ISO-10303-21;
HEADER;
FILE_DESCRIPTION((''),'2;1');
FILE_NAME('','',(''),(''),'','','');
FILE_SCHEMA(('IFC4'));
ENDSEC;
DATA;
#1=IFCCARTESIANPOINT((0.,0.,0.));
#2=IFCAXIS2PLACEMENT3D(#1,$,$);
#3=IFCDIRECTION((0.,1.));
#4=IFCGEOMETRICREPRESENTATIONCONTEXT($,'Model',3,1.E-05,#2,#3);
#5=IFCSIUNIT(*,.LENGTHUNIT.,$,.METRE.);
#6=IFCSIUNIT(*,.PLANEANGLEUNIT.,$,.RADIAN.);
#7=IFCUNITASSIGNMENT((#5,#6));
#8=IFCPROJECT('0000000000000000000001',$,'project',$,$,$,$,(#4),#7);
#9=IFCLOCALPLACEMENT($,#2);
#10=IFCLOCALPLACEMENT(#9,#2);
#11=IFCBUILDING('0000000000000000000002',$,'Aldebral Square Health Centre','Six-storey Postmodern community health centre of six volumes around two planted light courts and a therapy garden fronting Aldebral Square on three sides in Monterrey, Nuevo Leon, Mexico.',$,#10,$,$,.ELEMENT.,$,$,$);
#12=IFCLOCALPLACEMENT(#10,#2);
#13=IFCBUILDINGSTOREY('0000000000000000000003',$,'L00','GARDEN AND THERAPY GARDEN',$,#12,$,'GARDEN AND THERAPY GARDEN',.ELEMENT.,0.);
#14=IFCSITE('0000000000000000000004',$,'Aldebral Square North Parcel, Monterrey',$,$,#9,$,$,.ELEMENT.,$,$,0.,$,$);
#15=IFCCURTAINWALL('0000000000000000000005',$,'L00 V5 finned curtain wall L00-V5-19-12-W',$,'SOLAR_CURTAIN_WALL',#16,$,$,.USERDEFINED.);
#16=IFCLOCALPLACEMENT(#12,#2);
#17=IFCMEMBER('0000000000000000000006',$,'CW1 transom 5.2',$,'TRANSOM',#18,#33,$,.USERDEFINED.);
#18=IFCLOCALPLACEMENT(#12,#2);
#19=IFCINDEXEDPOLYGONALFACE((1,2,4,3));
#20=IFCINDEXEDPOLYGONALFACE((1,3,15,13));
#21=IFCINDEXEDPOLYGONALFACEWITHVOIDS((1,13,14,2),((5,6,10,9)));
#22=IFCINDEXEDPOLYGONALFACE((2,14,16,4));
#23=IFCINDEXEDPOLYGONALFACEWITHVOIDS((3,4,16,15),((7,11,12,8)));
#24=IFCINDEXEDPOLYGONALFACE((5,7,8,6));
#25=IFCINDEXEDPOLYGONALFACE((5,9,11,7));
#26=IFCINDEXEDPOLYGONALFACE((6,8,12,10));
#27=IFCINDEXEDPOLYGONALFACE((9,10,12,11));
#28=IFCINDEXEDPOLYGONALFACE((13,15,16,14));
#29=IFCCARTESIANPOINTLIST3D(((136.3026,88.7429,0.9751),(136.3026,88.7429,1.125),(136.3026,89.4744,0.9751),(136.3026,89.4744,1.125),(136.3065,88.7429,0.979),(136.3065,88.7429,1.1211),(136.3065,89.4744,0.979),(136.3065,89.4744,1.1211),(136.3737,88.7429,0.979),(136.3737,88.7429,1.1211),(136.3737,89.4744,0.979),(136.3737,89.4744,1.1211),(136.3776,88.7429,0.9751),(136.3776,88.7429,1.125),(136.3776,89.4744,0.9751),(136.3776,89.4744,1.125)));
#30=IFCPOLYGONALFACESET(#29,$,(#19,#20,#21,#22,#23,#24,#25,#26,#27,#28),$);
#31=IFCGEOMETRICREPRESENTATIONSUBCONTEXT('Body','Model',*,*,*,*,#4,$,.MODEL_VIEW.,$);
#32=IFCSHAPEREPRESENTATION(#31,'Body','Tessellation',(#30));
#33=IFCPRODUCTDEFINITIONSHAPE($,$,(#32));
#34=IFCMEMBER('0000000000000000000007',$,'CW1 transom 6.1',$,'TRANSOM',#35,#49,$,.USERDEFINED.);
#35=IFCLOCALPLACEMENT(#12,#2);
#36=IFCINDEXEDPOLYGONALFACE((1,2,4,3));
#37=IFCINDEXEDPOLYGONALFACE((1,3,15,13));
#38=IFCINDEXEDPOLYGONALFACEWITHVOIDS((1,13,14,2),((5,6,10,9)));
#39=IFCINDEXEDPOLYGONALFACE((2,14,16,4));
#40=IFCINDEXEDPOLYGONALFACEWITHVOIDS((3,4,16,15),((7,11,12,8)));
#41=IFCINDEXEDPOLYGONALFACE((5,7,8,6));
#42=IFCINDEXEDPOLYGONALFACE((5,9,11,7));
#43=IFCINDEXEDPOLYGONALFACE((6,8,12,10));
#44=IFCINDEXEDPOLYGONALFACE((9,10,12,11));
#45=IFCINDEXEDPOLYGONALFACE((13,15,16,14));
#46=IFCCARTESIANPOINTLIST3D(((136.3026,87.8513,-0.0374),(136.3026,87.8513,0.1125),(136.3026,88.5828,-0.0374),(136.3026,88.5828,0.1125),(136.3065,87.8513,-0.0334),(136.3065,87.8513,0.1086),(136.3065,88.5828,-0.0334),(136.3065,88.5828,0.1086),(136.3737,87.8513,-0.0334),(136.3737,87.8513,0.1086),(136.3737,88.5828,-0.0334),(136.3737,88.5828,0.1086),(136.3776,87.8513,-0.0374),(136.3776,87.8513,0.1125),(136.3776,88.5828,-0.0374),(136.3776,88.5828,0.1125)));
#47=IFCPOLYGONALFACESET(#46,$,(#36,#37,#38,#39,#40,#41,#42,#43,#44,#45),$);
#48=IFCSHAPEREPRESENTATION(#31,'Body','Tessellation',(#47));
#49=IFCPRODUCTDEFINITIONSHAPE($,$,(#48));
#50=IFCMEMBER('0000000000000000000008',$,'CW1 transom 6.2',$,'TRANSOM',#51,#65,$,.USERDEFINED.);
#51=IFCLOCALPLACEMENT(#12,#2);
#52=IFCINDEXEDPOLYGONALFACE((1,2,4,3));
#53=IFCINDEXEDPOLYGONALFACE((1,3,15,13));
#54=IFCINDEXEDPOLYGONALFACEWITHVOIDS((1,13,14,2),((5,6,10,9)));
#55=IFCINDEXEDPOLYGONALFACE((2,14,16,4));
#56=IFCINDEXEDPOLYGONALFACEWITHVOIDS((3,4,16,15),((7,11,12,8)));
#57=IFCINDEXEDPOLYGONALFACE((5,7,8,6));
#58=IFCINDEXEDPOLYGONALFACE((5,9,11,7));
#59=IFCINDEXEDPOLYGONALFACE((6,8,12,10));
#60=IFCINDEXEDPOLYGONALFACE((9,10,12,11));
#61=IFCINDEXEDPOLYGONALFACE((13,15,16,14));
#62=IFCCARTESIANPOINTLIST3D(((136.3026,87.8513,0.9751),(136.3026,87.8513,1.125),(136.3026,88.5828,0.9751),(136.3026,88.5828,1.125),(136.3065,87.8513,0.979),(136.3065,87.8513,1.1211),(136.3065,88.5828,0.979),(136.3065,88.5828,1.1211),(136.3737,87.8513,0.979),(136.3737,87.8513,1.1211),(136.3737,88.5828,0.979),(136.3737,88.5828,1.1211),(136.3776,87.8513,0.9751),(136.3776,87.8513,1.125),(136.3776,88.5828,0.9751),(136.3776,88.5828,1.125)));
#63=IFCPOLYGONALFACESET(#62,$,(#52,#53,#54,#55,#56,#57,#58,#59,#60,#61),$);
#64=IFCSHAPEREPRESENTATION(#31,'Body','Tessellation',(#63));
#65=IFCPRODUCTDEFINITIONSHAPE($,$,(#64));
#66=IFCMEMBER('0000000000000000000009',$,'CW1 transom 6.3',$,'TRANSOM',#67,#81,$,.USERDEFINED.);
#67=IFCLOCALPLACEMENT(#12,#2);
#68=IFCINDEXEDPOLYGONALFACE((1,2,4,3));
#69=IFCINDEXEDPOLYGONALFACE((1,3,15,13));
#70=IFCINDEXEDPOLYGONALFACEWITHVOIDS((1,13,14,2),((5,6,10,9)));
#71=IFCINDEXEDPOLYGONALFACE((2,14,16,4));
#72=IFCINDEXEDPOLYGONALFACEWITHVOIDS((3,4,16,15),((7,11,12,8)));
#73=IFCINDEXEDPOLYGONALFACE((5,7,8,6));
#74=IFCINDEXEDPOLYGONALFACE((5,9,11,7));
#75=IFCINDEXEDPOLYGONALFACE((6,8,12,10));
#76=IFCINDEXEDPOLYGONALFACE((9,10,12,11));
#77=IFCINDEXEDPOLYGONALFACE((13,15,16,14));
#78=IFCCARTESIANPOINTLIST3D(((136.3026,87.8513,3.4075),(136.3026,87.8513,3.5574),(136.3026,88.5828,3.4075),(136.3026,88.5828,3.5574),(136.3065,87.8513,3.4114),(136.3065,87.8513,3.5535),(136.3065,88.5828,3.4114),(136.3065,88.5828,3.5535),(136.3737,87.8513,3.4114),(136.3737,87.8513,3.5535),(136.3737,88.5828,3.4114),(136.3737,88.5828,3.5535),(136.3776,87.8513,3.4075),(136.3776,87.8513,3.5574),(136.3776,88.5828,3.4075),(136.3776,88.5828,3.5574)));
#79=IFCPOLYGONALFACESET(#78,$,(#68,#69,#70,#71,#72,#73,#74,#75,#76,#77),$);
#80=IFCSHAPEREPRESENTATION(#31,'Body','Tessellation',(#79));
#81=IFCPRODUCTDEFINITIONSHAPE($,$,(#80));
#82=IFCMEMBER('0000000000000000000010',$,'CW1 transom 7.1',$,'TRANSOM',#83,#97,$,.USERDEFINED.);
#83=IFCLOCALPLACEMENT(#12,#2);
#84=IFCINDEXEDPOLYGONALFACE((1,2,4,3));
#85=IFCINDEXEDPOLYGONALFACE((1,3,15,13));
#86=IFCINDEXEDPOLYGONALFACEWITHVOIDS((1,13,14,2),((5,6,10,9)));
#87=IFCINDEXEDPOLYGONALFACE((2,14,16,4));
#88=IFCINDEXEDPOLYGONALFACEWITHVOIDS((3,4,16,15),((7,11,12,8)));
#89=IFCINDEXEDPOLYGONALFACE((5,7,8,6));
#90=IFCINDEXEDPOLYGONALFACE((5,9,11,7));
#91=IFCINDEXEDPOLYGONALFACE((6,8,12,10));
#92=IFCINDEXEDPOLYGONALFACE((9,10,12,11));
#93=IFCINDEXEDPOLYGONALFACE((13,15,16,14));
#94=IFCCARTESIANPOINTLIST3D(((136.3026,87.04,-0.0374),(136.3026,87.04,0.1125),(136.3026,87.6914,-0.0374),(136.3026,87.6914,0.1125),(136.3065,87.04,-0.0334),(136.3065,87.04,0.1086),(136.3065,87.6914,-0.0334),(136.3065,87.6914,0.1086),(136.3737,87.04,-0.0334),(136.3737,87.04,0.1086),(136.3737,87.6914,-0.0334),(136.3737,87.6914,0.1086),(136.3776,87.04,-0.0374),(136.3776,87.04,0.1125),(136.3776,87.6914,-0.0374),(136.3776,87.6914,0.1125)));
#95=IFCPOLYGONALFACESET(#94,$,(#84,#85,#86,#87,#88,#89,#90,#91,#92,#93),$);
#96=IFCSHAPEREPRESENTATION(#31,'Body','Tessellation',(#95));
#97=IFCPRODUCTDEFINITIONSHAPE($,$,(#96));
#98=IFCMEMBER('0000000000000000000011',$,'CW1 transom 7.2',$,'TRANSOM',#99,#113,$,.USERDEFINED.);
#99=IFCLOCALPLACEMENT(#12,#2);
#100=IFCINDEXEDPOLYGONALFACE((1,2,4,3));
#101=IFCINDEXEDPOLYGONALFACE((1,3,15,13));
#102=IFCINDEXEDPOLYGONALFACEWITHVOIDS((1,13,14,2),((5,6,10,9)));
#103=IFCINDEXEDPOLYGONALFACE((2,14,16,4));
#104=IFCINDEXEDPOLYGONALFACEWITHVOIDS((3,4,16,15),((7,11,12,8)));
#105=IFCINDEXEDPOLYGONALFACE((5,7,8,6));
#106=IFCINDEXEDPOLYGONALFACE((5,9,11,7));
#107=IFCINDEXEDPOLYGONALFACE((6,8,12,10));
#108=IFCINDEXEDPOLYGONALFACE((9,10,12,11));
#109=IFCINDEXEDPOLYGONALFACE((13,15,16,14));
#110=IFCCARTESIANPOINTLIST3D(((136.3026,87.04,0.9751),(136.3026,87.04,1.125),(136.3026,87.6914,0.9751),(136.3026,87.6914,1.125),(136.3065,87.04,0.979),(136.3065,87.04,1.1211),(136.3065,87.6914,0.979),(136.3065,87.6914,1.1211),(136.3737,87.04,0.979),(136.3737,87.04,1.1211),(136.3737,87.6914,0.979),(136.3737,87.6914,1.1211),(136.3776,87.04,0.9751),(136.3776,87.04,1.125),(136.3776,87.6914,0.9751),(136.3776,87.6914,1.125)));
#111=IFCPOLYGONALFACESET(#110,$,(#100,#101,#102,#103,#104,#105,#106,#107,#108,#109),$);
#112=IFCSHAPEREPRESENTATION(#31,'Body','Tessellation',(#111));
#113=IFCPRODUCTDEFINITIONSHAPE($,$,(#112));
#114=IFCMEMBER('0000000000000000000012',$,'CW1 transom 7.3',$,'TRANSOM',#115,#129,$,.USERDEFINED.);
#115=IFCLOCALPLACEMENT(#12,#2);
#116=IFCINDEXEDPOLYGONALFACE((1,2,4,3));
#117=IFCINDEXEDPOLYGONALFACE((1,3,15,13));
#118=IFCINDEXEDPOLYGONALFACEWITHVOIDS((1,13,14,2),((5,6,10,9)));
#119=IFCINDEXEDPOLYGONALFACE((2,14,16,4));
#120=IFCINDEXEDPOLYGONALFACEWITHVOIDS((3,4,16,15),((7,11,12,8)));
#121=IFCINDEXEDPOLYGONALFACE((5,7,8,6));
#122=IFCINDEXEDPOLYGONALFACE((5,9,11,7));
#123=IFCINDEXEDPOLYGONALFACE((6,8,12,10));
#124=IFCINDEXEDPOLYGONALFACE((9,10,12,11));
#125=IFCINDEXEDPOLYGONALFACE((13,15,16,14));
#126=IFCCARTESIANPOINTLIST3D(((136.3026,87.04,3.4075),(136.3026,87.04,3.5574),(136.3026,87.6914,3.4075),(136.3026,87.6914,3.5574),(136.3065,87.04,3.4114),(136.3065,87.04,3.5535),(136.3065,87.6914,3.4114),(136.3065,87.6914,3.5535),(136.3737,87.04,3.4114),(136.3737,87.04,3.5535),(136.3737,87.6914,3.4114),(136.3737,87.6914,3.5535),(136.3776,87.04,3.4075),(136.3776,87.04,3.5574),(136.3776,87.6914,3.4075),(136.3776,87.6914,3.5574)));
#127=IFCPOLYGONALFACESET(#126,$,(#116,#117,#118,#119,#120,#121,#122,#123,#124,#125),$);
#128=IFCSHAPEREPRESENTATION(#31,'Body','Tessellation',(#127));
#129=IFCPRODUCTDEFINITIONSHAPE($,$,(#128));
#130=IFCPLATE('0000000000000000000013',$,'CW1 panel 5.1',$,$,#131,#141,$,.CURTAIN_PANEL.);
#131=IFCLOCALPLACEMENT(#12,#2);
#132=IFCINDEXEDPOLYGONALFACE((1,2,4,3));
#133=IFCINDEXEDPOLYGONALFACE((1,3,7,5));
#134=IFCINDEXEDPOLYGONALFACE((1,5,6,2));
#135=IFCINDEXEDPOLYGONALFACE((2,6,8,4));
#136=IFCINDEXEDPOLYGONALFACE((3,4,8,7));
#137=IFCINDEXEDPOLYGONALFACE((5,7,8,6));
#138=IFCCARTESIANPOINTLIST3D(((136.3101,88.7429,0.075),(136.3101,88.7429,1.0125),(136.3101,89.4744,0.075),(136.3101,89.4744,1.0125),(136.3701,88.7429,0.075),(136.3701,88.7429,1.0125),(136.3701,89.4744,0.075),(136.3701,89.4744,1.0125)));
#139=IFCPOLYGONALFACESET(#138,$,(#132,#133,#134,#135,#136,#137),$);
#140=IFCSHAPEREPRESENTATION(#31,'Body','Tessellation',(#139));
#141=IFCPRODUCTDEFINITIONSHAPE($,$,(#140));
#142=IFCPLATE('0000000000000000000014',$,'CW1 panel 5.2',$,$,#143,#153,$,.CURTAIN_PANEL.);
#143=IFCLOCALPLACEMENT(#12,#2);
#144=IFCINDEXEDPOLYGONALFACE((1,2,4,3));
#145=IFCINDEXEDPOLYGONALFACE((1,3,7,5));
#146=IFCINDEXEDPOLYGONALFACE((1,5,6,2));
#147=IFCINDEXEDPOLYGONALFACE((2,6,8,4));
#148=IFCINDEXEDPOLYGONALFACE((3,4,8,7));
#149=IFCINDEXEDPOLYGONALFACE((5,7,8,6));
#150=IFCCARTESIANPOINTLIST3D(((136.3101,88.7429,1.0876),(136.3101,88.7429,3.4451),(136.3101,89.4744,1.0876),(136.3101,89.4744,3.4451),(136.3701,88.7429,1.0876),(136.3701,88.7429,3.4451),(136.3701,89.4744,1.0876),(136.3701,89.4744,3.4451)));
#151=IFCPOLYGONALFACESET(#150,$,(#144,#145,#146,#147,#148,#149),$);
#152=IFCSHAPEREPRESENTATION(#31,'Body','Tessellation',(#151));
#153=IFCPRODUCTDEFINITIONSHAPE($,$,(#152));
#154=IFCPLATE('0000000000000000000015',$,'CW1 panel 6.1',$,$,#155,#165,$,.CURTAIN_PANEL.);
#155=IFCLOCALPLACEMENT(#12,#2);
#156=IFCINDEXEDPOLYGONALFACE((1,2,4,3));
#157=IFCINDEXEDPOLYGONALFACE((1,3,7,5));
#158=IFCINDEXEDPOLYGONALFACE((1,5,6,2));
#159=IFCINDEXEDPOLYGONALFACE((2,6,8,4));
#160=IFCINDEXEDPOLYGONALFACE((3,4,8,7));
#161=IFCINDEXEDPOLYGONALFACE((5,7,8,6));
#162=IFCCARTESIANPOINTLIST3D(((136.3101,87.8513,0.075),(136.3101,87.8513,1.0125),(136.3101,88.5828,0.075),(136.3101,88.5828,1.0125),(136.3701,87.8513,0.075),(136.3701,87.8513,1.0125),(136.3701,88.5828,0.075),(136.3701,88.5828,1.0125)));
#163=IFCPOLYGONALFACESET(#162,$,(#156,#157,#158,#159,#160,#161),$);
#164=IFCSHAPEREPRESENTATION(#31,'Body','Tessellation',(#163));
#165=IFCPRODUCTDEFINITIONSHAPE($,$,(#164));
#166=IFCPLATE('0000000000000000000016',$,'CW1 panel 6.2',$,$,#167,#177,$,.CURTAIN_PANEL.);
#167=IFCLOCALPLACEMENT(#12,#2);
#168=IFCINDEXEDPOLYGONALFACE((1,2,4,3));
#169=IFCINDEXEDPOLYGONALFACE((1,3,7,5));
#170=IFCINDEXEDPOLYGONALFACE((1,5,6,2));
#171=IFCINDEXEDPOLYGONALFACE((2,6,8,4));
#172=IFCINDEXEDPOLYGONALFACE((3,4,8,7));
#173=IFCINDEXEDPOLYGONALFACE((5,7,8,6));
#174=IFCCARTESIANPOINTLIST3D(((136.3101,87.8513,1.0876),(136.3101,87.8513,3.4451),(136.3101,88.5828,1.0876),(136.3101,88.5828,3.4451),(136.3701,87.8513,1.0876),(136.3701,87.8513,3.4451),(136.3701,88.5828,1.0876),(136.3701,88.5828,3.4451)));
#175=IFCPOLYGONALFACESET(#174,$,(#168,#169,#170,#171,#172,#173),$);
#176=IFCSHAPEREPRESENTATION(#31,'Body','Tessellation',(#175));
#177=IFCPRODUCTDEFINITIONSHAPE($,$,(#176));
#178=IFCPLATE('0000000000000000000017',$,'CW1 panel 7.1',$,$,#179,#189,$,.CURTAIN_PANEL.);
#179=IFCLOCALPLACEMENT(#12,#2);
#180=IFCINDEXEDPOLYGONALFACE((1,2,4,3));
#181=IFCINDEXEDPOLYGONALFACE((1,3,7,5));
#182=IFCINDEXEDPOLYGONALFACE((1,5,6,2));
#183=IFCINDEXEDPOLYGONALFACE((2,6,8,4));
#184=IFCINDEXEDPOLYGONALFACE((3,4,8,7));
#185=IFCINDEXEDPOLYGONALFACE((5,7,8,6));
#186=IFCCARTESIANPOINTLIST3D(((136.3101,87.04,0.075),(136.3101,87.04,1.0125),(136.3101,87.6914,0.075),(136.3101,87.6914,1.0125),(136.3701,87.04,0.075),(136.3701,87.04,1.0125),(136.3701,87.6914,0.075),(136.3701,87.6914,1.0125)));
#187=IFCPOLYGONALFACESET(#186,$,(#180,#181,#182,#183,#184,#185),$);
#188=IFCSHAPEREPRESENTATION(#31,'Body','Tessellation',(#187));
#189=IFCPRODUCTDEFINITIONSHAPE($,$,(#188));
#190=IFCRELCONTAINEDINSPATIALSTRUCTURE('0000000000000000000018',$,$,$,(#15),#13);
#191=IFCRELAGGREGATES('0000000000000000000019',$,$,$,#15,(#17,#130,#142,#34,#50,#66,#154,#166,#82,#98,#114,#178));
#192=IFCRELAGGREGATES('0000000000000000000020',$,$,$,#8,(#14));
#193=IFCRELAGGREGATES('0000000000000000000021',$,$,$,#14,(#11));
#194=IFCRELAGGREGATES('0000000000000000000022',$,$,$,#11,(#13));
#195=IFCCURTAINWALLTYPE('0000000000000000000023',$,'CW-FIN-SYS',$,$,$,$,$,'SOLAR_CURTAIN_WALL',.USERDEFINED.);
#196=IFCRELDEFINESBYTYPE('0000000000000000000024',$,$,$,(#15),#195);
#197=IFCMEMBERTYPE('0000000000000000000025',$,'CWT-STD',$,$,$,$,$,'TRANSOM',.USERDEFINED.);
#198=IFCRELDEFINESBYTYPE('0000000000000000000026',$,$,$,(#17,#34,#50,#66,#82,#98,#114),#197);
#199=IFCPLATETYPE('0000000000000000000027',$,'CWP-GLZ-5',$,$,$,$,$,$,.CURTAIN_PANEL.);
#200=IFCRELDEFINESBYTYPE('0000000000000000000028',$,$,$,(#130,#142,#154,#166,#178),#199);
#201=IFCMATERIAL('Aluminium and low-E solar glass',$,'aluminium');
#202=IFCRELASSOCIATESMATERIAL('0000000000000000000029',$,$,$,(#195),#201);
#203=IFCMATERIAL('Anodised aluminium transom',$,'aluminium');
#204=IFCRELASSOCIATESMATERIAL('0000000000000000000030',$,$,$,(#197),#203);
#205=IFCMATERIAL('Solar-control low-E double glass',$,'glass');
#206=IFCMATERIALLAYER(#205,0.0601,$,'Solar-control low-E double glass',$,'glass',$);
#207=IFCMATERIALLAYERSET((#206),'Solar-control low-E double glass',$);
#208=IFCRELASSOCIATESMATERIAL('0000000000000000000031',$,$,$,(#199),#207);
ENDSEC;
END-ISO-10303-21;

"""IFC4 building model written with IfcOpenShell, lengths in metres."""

from ifc_helpers import new_model, si_unit, direction, frame, origin, origin_2d, place, context, subcontext, project, spatial, rectangle, hollow_rectangle, extrude, material, layer, layer_set, material_profile, profile_set, type_object, element, aggregate, save


model = new_model("IFC4")

# Units and contexts
model_context = context("Model", 3, precision=1e-05, world=origin(), true_north=direction((0.0, 1.0)))
body_context = subcontext(model_context, "Body", "Model", "MODEL_VIEW")
ifc_project = project(units=[si_unit("LENGTHUNIT", "METRE"), si_unit("PLANEANGLEUNIT", "RADIAN")], contexts=[model_context])

# Site, building, storey
site_placement = place(None, origin())
site = spatial("IfcSite", under=ifc_project, at=site_placement, Name="Aldebral Square North Parcel, Monterrey", CompositionType="ELEMENT", RefElevation=0.0)
building_placement = place(site_placement, origin())
building = spatial("IfcBuilding", under=site, at=building_placement, Name="Aldebral Square Health Centre", Description="Six-storey Postmodern community health centre of six volumes around two planted light courts and a therapy garden fronting Aldebral Square on three sides in Monterrey, Nuevo Leon, Mexico.", CompositionType="ELEMENT")
storey_placement = place(building_placement, origin())
storey = spatial("IfcBuildingStorey", under=building, at=storey_placement, Name="L00", Description="GARDEN AND THERAPY GARDEN", LongName="GARDEN AND THERAPY GARDEN", CompositionType="ELEMENT", Elevation=0.0)

# Curtain wall, members, plates
ifc_material_1 = material(Name="Aluminium and low-E solar glass", Category="aluminium")
curtain_wall_type = type_object("IfcCurtainWallType", Name="CW-FIN-SYS", ElementType="SOLAR_CURTAIN_WALL", PredefinedType="USERDEFINED", material=ifc_material_1)
curtain_wall_placement = place(storey_placement, origin())
curtain_wall = element("IfcCurtainWall", 1, at=curtain_wall_placement, inside=storey, type_object=curtain_wall_type, Name="L00 V5 finned curtain wall L00-V5-19-12-W", ObjectType="SOLAR_CURTAIN_WALL", PredefinedType="USERDEFINED")
ifc_material_2 = material(Name="Anodised aluminium transom", Category="aluminium")
ifc_material_profile_1 = material_profile(ifc_material_2, hollow_rectangle(XDim=0.075, YDim=0.1499, WallThickness=0.0039, at=origin_2d()), Name="CWT 75x150x4")
ifc_profile_set_1 = profile_set([ifc_material_profile_1], Name="Anodised aluminium transom")
member_type_1 = type_object("IfcMemberType", Name="CWT-STD", ElementType="TRANSOM", PredefinedType="USERDEFINED", material=ifc_profile_set_1)
member_1_placement = place(storey_placement, frame((136.3401, 89.4744, 1.05), z_axis=(0.0, -1.0, 0.0), x_axis=(1.0, 0.0, 0.0)))
member_1 = element("IfcMember", 2, at=member_1_placement, type_object=member_type_1, Name="CW1 transom 5.2", ObjectType="TRANSOM", PredefinedType="USERDEFINED", context=body_context, shape_type="SweptSolid", body=[
    extrude(hollow_rectangle(XDim=0.075, YDim=0.1499, WallThickness=0.0039, at=origin_2d()), origin(), (0.0, 0.0, 1.0), 0.7314),
])
member_2_placement = place(storey_placement, frame((136.3401, 88.5828, 0.0376), z_axis=(0.0, -1.0, 0.0), x_axis=(1.0, 0.0, 0.0)))
member_2 = element("IfcMember", 3, at=member_2_placement, type_object=member_type_1, Name="CW1 transom 6.1", ObjectType="TRANSOM", PredefinedType="USERDEFINED", context=body_context, shape_type="SweptSolid", body=[
    extrude(hollow_rectangle(XDim=0.075, YDim=0.1499, WallThickness=0.0039, at=origin_2d()), origin(), (0.0, 0.0, 1.0), 0.7314),
])
member_3_placement = place(storey_placement, frame((136.3401, 88.5828, 1.05), z_axis=(0.0, -1.0, 0.0), x_axis=(1.0, 0.0, 0.0)))
member_3 = element("IfcMember", 4, at=member_3_placement, type_object=member_type_1, Name="CW1 transom 6.2", ObjectType="TRANSOM", PredefinedType="USERDEFINED", context=body_context, shape_type="SweptSolid", body=[
    extrude(hollow_rectangle(XDim=0.075, YDim=0.1499, WallThickness=0.0039, at=origin_2d()), origin(), (0.0, 0.0, 1.0), 0.7314),
])
member_4_placement = place(storey_placement, frame((136.3401, 88.5828, 3.4824), z_axis=(0.0, -1.0, 0.0), x_axis=(1.0, 0.0, 0.0)))
member_4 = element("IfcMember", 5, at=member_4_placement, type_object=member_type_1, Name="CW1 transom 6.3", ObjectType="TRANSOM", PredefinedType="USERDEFINED", context=body_context, shape_type="SweptSolid", body=[
    extrude(hollow_rectangle(XDim=0.075, YDim=0.1499, WallThickness=0.0039, at=origin_2d()), origin(), (0.0, 0.0, 1.0), 0.7314),
])
member_5_placement = place(storey_placement, frame((136.3401, 87.6914, 0.0376), z_axis=(0.0, -1.0, 0.0), x_axis=(1.0, 0.0, 0.0)))
member_5 = element("IfcMember", 6, at=member_5_placement, type_object=member_type_1, Name="CW1 transom 7.1", ObjectType="TRANSOM", PredefinedType="USERDEFINED", context=body_context, shape_type="SweptSolid", body=[
    extrude(hollow_rectangle(XDim=0.075, YDim=0.1499, WallThickness=0.0039, at=origin_2d()), origin(), (0.0, 0.0, 1.0), 0.6514),
])
member_6_placement = place(storey_placement, frame((136.3401, 87.6914, 1.05), z_axis=(0.0, -1.0, 0.0), x_axis=(1.0, 0.0, 0.0)))
member_6 = element("IfcMember", 7, at=member_6_placement, type_object=member_type_1, Name="CW1 transom 7.2", ObjectType="TRANSOM", PredefinedType="USERDEFINED", context=body_context, shape_type="SweptSolid", body=[
    extrude(hollow_rectangle(XDim=0.075, YDim=0.1499, WallThickness=0.0039, at=origin_2d()), origin(), (0.0, 0.0, 1.0), 0.6514),
])
member_7_placement = place(storey_placement, frame((136.3401, 87.6914, 3.4824), z_axis=(0.0, -1.0, 0.0), x_axis=(1.0, 0.0, 0.0)))
member_7 = element("IfcMember", 8, at=member_7_placement, type_object=member_type_1, Name="CW1 transom 7.3", ObjectType="TRANSOM", PredefinedType="USERDEFINED", context=body_context, shape_type="SweptSolid", body=[
    extrude(hollow_rectangle(XDim=0.075, YDim=0.1499, WallThickness=0.0039, at=origin_2d()), origin(), (0.0, 0.0, 1.0), 0.6514),
])
ifc_material_3 = material(Name="Solar-control low-E double glass", Category="glass")
ifc_layer_1 = layer(ifc_material_3, 0.0601, Name="Solar-control low-E double glass", Category="glass")
ifc_layer_set_1 = layer_set([ifc_layer_1], Name="Solar-control low-E double glass")
plate_type = type_object("IfcPlateType", Name="CWP-GLZ-5", PredefinedType="CURTAIN_PANEL", material=ifc_layer_set_1)
plate_1_placement = place(storey_placement, frame((136.3401, 89.1086, 0.075), z_axis=(0.0, 0.0, 1.0), x_axis=(0.0, -1.0, 0.0)))
plate_1 = element("IfcPlate", 9, at=plate_1_placement, type_object=plate_type, Name="CW1 panel 5.1", PredefinedType="CURTAIN_PANEL", context=body_context, shape_type="SweptSolid", body=[
    extrude(rectangle(XDim=0.7314, YDim=0.0601, at=origin_2d()), origin(), (0.0, 0.0, 1.0), 0.9375),
])
plate_2_placement = place(storey_placement, frame((136.3401, 89.1086, 1.0876), z_axis=(0.0, 0.0, 1.0), x_axis=(0.0, -1.0, 0.0)))
plate_2 = element("IfcPlate", 10, at=plate_2_placement, type_object=plate_type, Name="CW1 panel 5.2", PredefinedType="CURTAIN_PANEL", context=body_context, shape_type="SweptSolid", body=[
    extrude(rectangle(XDim=0.7314, YDim=0.0601, at=origin_2d()), origin(), (0.0, 0.0, 1.0), 2.3574),
])
plate_3_placement = place(storey_placement, frame((136.3401, 88.217, 0.075), z_axis=(0.0, 0.0, 1.0), x_axis=(0.0, -1.0, 0.0)))
plate_3 = element("IfcPlate", 11, at=plate_3_placement, type_object=plate_type, Name="CW1 panel 6.1", PredefinedType="CURTAIN_PANEL", context=body_context, shape_type="SweptSolid", body=[
    extrude(rectangle(XDim=0.7314, YDim=0.0601, at=origin_2d()), origin(), (0.0, 0.0, 1.0), 0.9375),
])
plate_4_placement = place(storey_placement, frame((136.3401, 88.217, 1.0876), z_axis=(0.0, 0.0, 1.0), x_axis=(0.0, -1.0, 0.0)))
plate_4 = element("IfcPlate", 12, at=plate_4_placement, type_object=plate_type, Name="CW1 panel 6.2", PredefinedType="CURTAIN_PANEL", context=body_context, shape_type="SweptSolid", body=[
    extrude(rectangle(XDim=0.7314, YDim=0.0601, at=origin_2d()), origin(), (0.0, 0.0, 1.0), 2.3574),
])
plate_5_placement = place(storey_placement, frame((136.3401, 87.3657, 0.075), z_axis=(0.0, 0.0, 1.0), x_axis=(0.0, -1.0, 0.0)))
plate_5 = element("IfcPlate", 13, at=plate_5_placement, type_object=plate_type, Name="CW1 panel 7.1", PredefinedType="CURTAIN_PANEL", context=body_context, shape_type="SweptSolid", body=[
    extrude(rectangle(XDim=0.6514, YDim=0.0601, at=origin_2d()), origin(), (0.0, 0.0, 1.0), 0.9375),
])
aggregate(curtain_wall, [member_1, plate_1, plate_2, member_2, member_3, member_4, plate_3, plate_4, member_5, member_6, member_7, plate_5])

save(model, "model.ifc")
